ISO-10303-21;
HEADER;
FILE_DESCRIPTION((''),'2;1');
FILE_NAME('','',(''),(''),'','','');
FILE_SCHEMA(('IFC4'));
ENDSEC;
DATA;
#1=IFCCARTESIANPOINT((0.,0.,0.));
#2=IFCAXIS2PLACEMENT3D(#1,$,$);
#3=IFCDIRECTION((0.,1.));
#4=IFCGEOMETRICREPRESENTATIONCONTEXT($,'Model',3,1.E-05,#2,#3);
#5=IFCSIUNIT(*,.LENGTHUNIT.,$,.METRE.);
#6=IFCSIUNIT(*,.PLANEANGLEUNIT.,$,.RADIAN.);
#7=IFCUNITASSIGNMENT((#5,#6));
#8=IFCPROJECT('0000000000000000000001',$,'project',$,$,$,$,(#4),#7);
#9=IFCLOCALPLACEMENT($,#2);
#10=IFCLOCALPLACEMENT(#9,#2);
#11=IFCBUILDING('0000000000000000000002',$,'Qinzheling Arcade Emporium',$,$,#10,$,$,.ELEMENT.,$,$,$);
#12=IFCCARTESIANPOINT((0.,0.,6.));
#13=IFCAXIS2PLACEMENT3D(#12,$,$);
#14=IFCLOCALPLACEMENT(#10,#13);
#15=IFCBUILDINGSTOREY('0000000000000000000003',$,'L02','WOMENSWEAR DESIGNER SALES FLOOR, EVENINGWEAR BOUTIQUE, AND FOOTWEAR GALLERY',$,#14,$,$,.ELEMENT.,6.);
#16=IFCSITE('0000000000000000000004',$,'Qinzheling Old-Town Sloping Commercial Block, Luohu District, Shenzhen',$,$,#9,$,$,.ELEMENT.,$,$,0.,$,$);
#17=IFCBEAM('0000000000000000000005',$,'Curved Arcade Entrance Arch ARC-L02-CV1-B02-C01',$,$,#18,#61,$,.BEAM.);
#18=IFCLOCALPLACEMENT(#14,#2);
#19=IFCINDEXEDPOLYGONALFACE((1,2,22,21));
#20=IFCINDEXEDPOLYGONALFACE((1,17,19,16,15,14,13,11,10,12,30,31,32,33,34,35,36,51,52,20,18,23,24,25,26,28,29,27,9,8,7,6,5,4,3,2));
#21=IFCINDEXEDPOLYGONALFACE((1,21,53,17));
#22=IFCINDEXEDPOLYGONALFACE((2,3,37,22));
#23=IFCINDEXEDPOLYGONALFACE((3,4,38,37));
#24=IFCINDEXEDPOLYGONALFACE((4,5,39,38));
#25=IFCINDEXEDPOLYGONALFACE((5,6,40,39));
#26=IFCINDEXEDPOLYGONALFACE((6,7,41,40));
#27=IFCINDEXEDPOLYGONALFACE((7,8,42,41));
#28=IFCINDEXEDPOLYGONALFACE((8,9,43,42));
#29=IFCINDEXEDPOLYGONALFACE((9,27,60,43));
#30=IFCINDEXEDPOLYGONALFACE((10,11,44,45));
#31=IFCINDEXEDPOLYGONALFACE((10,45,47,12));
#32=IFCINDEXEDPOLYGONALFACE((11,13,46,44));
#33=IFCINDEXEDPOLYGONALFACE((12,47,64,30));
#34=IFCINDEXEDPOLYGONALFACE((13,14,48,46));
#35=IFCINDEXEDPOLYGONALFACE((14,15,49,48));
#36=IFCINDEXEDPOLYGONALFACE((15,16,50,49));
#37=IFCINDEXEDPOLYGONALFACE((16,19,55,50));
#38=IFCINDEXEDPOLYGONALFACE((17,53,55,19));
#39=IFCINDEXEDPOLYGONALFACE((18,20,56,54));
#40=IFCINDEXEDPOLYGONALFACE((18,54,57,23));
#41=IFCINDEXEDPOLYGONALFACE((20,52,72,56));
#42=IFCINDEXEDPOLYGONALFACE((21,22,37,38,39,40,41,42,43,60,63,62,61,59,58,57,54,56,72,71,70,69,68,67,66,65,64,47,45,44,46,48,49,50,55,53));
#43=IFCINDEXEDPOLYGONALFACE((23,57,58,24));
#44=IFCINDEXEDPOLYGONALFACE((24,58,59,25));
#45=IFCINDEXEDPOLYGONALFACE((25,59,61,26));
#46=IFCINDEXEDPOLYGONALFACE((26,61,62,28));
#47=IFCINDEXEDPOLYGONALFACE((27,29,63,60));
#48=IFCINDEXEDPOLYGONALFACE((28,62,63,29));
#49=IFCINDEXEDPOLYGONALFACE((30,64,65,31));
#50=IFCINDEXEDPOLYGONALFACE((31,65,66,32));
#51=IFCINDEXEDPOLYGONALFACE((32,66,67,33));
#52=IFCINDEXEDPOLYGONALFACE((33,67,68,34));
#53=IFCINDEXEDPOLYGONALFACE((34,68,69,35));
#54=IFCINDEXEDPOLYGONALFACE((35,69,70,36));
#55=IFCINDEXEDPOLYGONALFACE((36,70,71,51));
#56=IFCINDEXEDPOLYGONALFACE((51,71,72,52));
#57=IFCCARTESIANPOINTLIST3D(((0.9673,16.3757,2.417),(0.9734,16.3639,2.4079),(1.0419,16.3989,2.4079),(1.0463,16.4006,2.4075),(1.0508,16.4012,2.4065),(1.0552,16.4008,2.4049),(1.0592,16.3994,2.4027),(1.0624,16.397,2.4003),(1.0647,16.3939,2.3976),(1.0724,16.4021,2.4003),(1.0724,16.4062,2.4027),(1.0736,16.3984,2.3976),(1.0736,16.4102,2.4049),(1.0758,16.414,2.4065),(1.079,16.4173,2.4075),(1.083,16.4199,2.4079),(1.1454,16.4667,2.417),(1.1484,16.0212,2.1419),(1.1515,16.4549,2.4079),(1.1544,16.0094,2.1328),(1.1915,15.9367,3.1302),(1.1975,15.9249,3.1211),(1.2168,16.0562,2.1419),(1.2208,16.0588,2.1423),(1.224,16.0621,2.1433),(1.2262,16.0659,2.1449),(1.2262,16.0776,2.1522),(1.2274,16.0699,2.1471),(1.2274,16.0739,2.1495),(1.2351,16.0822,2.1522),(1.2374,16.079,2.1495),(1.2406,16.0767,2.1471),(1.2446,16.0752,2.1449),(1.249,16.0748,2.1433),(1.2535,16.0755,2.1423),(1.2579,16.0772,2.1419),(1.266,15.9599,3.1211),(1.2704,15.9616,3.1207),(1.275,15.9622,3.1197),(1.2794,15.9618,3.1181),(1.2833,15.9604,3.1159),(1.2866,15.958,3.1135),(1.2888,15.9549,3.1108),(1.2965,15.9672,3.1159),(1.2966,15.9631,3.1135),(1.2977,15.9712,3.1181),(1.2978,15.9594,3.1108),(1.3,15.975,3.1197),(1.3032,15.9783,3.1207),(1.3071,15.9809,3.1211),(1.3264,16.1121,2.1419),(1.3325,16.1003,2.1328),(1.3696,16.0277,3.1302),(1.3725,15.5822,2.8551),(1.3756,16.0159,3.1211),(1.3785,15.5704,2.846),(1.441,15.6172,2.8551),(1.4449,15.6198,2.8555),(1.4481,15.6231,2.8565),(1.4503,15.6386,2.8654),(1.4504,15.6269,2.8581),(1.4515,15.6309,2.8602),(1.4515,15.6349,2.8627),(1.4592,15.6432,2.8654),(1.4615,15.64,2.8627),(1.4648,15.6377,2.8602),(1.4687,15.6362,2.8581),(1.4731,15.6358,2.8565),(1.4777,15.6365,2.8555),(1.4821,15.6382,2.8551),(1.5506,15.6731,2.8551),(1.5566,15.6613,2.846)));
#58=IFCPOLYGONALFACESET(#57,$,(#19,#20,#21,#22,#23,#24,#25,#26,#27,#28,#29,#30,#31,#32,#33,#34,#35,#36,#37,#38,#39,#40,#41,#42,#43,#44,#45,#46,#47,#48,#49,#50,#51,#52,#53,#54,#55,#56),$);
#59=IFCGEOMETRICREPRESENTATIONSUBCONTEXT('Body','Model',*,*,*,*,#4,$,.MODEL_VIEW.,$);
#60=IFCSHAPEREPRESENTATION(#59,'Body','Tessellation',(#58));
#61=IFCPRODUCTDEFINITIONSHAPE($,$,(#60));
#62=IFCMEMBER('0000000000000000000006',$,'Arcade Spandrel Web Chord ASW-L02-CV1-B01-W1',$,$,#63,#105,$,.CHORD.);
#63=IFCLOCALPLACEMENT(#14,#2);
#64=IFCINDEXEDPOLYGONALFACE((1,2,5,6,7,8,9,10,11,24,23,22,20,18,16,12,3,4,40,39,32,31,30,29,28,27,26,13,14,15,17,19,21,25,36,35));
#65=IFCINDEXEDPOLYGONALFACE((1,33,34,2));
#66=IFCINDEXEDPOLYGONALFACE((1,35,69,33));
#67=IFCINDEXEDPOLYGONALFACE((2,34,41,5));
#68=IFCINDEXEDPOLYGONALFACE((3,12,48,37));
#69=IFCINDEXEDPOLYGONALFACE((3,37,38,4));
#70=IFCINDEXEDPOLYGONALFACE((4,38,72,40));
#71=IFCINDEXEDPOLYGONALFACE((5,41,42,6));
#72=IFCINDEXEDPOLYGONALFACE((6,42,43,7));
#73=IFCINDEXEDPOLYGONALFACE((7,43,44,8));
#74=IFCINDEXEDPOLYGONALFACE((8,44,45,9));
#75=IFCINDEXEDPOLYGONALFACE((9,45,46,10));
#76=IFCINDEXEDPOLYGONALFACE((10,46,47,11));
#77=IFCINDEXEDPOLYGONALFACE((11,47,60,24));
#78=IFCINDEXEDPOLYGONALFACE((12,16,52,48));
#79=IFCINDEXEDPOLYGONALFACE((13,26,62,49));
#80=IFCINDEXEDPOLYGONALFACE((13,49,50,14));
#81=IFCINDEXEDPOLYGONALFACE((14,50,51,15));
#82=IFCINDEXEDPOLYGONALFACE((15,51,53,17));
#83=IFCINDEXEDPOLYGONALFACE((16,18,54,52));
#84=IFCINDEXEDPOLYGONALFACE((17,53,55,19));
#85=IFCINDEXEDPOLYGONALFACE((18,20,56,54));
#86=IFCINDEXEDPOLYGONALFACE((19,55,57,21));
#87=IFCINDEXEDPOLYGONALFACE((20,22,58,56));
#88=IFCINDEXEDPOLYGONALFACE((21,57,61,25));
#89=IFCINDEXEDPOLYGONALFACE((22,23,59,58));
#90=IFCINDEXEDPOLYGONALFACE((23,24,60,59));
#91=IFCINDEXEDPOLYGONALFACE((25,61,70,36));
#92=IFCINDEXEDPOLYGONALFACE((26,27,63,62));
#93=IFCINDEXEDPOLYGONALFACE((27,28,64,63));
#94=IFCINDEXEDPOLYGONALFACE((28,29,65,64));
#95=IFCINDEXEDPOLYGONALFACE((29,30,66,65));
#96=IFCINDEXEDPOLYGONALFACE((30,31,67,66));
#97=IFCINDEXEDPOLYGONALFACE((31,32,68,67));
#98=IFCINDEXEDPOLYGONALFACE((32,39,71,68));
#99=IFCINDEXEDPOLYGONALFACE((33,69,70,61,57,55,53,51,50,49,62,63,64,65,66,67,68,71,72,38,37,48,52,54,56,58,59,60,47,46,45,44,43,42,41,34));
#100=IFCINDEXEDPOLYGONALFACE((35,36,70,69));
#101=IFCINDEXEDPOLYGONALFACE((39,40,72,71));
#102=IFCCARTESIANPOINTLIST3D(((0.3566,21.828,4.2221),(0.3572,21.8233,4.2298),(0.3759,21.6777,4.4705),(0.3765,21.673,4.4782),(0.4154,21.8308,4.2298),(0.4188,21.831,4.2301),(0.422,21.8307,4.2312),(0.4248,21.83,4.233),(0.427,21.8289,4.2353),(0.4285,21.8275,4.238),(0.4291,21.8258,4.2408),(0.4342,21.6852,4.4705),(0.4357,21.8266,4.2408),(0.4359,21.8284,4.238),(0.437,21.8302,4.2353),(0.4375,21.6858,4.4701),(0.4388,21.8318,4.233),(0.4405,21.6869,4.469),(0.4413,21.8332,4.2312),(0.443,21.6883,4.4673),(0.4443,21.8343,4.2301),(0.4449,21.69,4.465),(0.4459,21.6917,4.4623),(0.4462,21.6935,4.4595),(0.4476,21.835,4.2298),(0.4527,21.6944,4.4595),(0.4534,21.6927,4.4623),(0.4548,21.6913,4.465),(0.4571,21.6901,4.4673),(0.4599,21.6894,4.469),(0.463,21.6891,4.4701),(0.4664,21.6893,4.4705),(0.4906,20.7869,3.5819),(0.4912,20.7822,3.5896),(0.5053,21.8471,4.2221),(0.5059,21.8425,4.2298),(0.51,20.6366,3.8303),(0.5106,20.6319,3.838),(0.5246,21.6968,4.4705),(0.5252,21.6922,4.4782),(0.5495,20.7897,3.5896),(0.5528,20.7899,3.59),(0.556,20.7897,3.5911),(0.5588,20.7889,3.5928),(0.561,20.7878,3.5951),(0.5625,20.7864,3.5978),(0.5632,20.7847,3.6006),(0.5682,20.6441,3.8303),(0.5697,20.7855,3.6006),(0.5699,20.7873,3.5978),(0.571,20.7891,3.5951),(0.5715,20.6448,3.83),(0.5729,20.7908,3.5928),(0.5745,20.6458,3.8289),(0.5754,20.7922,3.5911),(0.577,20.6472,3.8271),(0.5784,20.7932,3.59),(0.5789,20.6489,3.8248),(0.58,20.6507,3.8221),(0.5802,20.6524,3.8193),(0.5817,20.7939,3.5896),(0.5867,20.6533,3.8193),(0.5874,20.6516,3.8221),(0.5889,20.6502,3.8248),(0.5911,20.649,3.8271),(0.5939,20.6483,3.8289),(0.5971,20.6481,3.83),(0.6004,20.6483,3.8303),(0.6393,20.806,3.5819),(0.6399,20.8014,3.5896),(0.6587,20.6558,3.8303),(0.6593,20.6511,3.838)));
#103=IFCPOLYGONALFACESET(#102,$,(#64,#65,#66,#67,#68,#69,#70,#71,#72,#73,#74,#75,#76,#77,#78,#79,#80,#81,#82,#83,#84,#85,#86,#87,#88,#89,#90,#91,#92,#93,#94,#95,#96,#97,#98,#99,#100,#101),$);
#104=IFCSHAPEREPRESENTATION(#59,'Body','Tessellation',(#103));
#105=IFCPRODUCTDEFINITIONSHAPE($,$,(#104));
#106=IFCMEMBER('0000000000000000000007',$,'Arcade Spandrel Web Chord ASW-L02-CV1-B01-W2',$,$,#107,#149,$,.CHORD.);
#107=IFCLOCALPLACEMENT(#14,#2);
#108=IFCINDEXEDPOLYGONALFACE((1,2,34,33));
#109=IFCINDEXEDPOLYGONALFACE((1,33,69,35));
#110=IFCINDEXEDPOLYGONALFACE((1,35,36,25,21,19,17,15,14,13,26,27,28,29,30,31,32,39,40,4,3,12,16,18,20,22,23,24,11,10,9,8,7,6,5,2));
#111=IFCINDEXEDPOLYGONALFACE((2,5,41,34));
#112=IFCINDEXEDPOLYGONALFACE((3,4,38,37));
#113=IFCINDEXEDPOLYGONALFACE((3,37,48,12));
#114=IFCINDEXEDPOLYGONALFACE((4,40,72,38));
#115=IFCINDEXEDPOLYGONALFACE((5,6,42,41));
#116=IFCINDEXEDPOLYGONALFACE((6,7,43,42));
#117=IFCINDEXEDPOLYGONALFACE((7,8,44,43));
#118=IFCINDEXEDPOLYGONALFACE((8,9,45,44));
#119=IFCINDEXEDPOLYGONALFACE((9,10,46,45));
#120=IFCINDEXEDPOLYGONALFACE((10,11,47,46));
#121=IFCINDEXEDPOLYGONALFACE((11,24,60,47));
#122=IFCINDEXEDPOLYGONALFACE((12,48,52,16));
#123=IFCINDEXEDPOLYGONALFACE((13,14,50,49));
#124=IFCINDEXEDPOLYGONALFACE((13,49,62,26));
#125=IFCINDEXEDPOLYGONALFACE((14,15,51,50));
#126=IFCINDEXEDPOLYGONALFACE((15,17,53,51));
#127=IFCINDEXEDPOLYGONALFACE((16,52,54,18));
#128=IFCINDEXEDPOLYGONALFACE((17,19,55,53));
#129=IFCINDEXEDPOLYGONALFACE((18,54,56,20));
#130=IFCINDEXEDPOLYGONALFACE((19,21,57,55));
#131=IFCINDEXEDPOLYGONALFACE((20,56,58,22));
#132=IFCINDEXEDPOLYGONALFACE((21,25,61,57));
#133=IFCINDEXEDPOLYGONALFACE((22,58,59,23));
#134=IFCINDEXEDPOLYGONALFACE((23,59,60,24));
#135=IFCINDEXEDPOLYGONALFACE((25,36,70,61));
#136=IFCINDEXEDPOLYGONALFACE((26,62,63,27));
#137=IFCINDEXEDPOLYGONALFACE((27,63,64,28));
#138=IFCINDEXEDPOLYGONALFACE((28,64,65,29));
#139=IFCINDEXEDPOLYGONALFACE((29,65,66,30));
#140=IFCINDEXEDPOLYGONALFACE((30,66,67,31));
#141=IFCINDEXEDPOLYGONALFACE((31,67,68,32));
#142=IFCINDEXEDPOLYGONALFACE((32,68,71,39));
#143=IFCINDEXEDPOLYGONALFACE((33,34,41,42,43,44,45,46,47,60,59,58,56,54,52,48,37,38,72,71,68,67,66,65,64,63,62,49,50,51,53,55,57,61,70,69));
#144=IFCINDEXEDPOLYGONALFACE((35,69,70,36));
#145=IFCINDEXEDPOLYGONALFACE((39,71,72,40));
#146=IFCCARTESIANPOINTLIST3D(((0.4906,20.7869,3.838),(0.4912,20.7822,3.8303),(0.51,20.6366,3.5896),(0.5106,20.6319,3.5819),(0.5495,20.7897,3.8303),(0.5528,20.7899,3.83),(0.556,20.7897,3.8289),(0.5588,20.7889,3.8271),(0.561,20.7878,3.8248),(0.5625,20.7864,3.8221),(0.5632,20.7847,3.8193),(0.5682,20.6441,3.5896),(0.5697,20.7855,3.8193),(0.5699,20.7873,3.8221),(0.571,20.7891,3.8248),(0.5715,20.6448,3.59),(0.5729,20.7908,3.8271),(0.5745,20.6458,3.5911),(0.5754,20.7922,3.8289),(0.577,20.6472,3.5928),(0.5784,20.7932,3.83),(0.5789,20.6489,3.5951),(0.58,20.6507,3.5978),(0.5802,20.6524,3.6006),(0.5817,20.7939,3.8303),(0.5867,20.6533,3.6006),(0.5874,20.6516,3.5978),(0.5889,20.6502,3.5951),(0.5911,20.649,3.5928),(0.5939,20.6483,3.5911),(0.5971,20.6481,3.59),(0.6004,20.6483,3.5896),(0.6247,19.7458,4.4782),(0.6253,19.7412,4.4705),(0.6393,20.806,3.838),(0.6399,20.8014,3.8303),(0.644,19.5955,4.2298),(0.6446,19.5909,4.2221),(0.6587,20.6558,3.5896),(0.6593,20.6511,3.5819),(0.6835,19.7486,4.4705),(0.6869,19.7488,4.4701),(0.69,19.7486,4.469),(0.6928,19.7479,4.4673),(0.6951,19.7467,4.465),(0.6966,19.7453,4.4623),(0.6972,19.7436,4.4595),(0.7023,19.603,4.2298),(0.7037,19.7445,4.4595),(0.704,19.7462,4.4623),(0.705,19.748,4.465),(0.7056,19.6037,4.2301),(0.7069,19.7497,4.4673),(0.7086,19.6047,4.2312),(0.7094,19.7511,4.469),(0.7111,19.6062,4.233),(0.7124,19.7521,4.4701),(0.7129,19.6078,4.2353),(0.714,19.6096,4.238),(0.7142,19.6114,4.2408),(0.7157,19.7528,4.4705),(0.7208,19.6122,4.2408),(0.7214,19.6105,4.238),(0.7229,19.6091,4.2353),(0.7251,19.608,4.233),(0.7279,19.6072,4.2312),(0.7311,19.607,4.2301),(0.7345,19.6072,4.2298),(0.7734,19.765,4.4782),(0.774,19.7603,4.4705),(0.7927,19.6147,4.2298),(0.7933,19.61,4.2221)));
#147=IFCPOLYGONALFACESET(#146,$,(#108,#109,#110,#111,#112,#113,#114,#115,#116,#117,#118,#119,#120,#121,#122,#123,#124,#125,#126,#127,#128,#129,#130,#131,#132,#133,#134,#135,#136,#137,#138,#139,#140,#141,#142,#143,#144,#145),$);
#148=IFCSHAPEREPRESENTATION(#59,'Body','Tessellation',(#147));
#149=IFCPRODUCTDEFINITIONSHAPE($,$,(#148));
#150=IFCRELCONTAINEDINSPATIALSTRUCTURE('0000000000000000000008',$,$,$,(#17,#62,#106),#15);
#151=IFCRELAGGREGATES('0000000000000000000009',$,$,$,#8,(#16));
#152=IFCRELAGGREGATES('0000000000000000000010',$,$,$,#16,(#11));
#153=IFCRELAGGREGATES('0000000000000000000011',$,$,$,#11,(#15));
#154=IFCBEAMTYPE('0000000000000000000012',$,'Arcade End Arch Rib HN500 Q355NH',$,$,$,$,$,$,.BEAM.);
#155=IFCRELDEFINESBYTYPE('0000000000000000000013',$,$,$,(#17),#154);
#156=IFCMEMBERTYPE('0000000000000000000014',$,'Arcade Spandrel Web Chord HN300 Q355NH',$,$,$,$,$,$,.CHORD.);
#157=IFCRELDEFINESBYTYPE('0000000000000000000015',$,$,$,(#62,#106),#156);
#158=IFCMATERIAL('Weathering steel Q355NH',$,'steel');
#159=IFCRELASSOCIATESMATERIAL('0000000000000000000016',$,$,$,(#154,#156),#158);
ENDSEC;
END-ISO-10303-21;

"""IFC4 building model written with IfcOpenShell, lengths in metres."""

from ifc_helpers import new_model, si_unit, direction, frame, origin, origin_2d, place, context, subcontext, project, spatial, i_section, extrude, material, material_profile, profile_set, type_object, element, save


model = new_model("IFC4")

# Units and contexts
model_context = context("Model", 3, precision=1e-05, world=origin(), true_north=direction((0.0, 1.0)))
body_context = subcontext(model_context, "Body", "Model", "MODEL_VIEW")
ifc_project = project(units=[si_unit("LENGTHUNIT", "METRE"), si_unit("PLANEANGLEUNIT", "RADIAN")], contexts=[model_context])

# Site, building, storey
site_placement = place(None, origin())
site = spatial("IfcSite", under=ifc_project, at=site_placement, Name="Qinzheling Old-Town Sloping Commercial Block, Luohu District, Shenzhen", CompositionType="ELEMENT", RefElevation=0.0)
building_placement = place(site_placement, origin())
building = spatial("IfcBuilding", under=site, at=building_placement, Name="Qinzheling Arcade Emporium", CompositionType="ELEMENT")
storey_placement = place(building_placement, frame((0.0, 0.0, 6.0)))
storey = spatial("IfcBuildingStorey", under=building, at=storey_placement, Name="L02", Description="WOMENSWEAR DESIGNER SALES FLOOR, EVENINGWEAR BOUTIQUE, AND FOOTWEAR GALLERY", CompositionType="ELEMENT", Elevation=6.0)

# Beam
ifc_material_1 = material(Name="Weathering steel Q355NH", Category="steel")
ifc_material_profile_1 = material_profile(ifc_material_1, i_section(OverallWidth=0.2, OverallDepth=0.5, WebThickness=0.01, FlangeThickness=0.0161, FilletRadius=0.0181, at=origin_2d()), Name="HN 500x200x10x16", Category="steel")
ifc_profile_set_1 = profile_set([ifc_material_profile_1], Name="Weathering steel Q355NH")
beam_type_1 = type_object("IfcBeamType", Name="Arcade End Arch Rib HN500 Q355NH", PredefinedType="BEAM", material=ifc_profile_set_1)
beam_1_placement = place(storey_placement, frame((1.1499, 16.238, 2.2749), z_axis=(0.258538, -0.506373, 0.822645), x_axis=(0.890631, 0.454727, 0.0)))
element("IfcBeam", 1, at=beam_1_placement, inside=storey, type_object=beam_type_1, Name="Curved Arcade Entrance Arch ARC-L02-CV1-B02-C01", PredefinedType="BEAM", context=body_context, shape_type="SweptSolid", body=[
    extrude(i_section(OverallWidth=0.2, OverallDepth=0.5, WebThickness=0.01, FlangeThickness=0.0161, FilletRadius=0.0181, at=origin_2d()), origin(), (0.0, 0.0, 1.0), 0.8669),
])

# Members
ifc_material_profile_2 = material_profile(ifc_material_1, i_section(OverallWidth=0.1499, OverallDepth=0.3, WebThickness=0.0066, FlangeThickness=0.009, FilletRadius=0.0129, at=origin_2d()), Name="HN 300x150x6.5x9", Category="steel")
ifc_profile_set_2 = profile_set([ifc_material_profile_2], Name="Weathering steel Q355NH")
member_type_1 = type_object("IfcMemberType", Name="Arcade Spandrel Web Chord HN300 Q355NH", PredefinedType="CHORD", material=ifc_profile_set_2)
for number, where, z_axis, x_axis, name in (
    (2, (0.575, 20.719, 3.71), (-0.109022, 0.846759, 0.520685), (-0.991813, -0.127698, 0.0), "Arcade Spandrel Web Chord ASW-L02-CV1-B01-W1"),
    (3, (0.575, 20.719, 3.71), (0.109022, -0.846759, 0.520685), (0.991813, 0.127698, 0.0), "Arcade Spandrel Web Chord ASW-L02-CV1-B01-W2"),
):
    element("IfcMember", number, at=place(storey_placement, frame(where, z_axis=z_axis, x_axis=x_axis)), inside=storey, type_object=member_type_1, Name=name, PredefinedType="CHORD", context=body_context, shape_type="SweptSolid", body=[
        extrude(i_section(OverallWidth=0.1499, OverallDepth=0.3, WebThickness=0.0066, FlangeThickness=0.009, FilletRadius=0.0129, at=origin_2d()), origin(), (0.0, 0.0, 1.0), 1.2295),
    ])

save(model, "model.ifc")
